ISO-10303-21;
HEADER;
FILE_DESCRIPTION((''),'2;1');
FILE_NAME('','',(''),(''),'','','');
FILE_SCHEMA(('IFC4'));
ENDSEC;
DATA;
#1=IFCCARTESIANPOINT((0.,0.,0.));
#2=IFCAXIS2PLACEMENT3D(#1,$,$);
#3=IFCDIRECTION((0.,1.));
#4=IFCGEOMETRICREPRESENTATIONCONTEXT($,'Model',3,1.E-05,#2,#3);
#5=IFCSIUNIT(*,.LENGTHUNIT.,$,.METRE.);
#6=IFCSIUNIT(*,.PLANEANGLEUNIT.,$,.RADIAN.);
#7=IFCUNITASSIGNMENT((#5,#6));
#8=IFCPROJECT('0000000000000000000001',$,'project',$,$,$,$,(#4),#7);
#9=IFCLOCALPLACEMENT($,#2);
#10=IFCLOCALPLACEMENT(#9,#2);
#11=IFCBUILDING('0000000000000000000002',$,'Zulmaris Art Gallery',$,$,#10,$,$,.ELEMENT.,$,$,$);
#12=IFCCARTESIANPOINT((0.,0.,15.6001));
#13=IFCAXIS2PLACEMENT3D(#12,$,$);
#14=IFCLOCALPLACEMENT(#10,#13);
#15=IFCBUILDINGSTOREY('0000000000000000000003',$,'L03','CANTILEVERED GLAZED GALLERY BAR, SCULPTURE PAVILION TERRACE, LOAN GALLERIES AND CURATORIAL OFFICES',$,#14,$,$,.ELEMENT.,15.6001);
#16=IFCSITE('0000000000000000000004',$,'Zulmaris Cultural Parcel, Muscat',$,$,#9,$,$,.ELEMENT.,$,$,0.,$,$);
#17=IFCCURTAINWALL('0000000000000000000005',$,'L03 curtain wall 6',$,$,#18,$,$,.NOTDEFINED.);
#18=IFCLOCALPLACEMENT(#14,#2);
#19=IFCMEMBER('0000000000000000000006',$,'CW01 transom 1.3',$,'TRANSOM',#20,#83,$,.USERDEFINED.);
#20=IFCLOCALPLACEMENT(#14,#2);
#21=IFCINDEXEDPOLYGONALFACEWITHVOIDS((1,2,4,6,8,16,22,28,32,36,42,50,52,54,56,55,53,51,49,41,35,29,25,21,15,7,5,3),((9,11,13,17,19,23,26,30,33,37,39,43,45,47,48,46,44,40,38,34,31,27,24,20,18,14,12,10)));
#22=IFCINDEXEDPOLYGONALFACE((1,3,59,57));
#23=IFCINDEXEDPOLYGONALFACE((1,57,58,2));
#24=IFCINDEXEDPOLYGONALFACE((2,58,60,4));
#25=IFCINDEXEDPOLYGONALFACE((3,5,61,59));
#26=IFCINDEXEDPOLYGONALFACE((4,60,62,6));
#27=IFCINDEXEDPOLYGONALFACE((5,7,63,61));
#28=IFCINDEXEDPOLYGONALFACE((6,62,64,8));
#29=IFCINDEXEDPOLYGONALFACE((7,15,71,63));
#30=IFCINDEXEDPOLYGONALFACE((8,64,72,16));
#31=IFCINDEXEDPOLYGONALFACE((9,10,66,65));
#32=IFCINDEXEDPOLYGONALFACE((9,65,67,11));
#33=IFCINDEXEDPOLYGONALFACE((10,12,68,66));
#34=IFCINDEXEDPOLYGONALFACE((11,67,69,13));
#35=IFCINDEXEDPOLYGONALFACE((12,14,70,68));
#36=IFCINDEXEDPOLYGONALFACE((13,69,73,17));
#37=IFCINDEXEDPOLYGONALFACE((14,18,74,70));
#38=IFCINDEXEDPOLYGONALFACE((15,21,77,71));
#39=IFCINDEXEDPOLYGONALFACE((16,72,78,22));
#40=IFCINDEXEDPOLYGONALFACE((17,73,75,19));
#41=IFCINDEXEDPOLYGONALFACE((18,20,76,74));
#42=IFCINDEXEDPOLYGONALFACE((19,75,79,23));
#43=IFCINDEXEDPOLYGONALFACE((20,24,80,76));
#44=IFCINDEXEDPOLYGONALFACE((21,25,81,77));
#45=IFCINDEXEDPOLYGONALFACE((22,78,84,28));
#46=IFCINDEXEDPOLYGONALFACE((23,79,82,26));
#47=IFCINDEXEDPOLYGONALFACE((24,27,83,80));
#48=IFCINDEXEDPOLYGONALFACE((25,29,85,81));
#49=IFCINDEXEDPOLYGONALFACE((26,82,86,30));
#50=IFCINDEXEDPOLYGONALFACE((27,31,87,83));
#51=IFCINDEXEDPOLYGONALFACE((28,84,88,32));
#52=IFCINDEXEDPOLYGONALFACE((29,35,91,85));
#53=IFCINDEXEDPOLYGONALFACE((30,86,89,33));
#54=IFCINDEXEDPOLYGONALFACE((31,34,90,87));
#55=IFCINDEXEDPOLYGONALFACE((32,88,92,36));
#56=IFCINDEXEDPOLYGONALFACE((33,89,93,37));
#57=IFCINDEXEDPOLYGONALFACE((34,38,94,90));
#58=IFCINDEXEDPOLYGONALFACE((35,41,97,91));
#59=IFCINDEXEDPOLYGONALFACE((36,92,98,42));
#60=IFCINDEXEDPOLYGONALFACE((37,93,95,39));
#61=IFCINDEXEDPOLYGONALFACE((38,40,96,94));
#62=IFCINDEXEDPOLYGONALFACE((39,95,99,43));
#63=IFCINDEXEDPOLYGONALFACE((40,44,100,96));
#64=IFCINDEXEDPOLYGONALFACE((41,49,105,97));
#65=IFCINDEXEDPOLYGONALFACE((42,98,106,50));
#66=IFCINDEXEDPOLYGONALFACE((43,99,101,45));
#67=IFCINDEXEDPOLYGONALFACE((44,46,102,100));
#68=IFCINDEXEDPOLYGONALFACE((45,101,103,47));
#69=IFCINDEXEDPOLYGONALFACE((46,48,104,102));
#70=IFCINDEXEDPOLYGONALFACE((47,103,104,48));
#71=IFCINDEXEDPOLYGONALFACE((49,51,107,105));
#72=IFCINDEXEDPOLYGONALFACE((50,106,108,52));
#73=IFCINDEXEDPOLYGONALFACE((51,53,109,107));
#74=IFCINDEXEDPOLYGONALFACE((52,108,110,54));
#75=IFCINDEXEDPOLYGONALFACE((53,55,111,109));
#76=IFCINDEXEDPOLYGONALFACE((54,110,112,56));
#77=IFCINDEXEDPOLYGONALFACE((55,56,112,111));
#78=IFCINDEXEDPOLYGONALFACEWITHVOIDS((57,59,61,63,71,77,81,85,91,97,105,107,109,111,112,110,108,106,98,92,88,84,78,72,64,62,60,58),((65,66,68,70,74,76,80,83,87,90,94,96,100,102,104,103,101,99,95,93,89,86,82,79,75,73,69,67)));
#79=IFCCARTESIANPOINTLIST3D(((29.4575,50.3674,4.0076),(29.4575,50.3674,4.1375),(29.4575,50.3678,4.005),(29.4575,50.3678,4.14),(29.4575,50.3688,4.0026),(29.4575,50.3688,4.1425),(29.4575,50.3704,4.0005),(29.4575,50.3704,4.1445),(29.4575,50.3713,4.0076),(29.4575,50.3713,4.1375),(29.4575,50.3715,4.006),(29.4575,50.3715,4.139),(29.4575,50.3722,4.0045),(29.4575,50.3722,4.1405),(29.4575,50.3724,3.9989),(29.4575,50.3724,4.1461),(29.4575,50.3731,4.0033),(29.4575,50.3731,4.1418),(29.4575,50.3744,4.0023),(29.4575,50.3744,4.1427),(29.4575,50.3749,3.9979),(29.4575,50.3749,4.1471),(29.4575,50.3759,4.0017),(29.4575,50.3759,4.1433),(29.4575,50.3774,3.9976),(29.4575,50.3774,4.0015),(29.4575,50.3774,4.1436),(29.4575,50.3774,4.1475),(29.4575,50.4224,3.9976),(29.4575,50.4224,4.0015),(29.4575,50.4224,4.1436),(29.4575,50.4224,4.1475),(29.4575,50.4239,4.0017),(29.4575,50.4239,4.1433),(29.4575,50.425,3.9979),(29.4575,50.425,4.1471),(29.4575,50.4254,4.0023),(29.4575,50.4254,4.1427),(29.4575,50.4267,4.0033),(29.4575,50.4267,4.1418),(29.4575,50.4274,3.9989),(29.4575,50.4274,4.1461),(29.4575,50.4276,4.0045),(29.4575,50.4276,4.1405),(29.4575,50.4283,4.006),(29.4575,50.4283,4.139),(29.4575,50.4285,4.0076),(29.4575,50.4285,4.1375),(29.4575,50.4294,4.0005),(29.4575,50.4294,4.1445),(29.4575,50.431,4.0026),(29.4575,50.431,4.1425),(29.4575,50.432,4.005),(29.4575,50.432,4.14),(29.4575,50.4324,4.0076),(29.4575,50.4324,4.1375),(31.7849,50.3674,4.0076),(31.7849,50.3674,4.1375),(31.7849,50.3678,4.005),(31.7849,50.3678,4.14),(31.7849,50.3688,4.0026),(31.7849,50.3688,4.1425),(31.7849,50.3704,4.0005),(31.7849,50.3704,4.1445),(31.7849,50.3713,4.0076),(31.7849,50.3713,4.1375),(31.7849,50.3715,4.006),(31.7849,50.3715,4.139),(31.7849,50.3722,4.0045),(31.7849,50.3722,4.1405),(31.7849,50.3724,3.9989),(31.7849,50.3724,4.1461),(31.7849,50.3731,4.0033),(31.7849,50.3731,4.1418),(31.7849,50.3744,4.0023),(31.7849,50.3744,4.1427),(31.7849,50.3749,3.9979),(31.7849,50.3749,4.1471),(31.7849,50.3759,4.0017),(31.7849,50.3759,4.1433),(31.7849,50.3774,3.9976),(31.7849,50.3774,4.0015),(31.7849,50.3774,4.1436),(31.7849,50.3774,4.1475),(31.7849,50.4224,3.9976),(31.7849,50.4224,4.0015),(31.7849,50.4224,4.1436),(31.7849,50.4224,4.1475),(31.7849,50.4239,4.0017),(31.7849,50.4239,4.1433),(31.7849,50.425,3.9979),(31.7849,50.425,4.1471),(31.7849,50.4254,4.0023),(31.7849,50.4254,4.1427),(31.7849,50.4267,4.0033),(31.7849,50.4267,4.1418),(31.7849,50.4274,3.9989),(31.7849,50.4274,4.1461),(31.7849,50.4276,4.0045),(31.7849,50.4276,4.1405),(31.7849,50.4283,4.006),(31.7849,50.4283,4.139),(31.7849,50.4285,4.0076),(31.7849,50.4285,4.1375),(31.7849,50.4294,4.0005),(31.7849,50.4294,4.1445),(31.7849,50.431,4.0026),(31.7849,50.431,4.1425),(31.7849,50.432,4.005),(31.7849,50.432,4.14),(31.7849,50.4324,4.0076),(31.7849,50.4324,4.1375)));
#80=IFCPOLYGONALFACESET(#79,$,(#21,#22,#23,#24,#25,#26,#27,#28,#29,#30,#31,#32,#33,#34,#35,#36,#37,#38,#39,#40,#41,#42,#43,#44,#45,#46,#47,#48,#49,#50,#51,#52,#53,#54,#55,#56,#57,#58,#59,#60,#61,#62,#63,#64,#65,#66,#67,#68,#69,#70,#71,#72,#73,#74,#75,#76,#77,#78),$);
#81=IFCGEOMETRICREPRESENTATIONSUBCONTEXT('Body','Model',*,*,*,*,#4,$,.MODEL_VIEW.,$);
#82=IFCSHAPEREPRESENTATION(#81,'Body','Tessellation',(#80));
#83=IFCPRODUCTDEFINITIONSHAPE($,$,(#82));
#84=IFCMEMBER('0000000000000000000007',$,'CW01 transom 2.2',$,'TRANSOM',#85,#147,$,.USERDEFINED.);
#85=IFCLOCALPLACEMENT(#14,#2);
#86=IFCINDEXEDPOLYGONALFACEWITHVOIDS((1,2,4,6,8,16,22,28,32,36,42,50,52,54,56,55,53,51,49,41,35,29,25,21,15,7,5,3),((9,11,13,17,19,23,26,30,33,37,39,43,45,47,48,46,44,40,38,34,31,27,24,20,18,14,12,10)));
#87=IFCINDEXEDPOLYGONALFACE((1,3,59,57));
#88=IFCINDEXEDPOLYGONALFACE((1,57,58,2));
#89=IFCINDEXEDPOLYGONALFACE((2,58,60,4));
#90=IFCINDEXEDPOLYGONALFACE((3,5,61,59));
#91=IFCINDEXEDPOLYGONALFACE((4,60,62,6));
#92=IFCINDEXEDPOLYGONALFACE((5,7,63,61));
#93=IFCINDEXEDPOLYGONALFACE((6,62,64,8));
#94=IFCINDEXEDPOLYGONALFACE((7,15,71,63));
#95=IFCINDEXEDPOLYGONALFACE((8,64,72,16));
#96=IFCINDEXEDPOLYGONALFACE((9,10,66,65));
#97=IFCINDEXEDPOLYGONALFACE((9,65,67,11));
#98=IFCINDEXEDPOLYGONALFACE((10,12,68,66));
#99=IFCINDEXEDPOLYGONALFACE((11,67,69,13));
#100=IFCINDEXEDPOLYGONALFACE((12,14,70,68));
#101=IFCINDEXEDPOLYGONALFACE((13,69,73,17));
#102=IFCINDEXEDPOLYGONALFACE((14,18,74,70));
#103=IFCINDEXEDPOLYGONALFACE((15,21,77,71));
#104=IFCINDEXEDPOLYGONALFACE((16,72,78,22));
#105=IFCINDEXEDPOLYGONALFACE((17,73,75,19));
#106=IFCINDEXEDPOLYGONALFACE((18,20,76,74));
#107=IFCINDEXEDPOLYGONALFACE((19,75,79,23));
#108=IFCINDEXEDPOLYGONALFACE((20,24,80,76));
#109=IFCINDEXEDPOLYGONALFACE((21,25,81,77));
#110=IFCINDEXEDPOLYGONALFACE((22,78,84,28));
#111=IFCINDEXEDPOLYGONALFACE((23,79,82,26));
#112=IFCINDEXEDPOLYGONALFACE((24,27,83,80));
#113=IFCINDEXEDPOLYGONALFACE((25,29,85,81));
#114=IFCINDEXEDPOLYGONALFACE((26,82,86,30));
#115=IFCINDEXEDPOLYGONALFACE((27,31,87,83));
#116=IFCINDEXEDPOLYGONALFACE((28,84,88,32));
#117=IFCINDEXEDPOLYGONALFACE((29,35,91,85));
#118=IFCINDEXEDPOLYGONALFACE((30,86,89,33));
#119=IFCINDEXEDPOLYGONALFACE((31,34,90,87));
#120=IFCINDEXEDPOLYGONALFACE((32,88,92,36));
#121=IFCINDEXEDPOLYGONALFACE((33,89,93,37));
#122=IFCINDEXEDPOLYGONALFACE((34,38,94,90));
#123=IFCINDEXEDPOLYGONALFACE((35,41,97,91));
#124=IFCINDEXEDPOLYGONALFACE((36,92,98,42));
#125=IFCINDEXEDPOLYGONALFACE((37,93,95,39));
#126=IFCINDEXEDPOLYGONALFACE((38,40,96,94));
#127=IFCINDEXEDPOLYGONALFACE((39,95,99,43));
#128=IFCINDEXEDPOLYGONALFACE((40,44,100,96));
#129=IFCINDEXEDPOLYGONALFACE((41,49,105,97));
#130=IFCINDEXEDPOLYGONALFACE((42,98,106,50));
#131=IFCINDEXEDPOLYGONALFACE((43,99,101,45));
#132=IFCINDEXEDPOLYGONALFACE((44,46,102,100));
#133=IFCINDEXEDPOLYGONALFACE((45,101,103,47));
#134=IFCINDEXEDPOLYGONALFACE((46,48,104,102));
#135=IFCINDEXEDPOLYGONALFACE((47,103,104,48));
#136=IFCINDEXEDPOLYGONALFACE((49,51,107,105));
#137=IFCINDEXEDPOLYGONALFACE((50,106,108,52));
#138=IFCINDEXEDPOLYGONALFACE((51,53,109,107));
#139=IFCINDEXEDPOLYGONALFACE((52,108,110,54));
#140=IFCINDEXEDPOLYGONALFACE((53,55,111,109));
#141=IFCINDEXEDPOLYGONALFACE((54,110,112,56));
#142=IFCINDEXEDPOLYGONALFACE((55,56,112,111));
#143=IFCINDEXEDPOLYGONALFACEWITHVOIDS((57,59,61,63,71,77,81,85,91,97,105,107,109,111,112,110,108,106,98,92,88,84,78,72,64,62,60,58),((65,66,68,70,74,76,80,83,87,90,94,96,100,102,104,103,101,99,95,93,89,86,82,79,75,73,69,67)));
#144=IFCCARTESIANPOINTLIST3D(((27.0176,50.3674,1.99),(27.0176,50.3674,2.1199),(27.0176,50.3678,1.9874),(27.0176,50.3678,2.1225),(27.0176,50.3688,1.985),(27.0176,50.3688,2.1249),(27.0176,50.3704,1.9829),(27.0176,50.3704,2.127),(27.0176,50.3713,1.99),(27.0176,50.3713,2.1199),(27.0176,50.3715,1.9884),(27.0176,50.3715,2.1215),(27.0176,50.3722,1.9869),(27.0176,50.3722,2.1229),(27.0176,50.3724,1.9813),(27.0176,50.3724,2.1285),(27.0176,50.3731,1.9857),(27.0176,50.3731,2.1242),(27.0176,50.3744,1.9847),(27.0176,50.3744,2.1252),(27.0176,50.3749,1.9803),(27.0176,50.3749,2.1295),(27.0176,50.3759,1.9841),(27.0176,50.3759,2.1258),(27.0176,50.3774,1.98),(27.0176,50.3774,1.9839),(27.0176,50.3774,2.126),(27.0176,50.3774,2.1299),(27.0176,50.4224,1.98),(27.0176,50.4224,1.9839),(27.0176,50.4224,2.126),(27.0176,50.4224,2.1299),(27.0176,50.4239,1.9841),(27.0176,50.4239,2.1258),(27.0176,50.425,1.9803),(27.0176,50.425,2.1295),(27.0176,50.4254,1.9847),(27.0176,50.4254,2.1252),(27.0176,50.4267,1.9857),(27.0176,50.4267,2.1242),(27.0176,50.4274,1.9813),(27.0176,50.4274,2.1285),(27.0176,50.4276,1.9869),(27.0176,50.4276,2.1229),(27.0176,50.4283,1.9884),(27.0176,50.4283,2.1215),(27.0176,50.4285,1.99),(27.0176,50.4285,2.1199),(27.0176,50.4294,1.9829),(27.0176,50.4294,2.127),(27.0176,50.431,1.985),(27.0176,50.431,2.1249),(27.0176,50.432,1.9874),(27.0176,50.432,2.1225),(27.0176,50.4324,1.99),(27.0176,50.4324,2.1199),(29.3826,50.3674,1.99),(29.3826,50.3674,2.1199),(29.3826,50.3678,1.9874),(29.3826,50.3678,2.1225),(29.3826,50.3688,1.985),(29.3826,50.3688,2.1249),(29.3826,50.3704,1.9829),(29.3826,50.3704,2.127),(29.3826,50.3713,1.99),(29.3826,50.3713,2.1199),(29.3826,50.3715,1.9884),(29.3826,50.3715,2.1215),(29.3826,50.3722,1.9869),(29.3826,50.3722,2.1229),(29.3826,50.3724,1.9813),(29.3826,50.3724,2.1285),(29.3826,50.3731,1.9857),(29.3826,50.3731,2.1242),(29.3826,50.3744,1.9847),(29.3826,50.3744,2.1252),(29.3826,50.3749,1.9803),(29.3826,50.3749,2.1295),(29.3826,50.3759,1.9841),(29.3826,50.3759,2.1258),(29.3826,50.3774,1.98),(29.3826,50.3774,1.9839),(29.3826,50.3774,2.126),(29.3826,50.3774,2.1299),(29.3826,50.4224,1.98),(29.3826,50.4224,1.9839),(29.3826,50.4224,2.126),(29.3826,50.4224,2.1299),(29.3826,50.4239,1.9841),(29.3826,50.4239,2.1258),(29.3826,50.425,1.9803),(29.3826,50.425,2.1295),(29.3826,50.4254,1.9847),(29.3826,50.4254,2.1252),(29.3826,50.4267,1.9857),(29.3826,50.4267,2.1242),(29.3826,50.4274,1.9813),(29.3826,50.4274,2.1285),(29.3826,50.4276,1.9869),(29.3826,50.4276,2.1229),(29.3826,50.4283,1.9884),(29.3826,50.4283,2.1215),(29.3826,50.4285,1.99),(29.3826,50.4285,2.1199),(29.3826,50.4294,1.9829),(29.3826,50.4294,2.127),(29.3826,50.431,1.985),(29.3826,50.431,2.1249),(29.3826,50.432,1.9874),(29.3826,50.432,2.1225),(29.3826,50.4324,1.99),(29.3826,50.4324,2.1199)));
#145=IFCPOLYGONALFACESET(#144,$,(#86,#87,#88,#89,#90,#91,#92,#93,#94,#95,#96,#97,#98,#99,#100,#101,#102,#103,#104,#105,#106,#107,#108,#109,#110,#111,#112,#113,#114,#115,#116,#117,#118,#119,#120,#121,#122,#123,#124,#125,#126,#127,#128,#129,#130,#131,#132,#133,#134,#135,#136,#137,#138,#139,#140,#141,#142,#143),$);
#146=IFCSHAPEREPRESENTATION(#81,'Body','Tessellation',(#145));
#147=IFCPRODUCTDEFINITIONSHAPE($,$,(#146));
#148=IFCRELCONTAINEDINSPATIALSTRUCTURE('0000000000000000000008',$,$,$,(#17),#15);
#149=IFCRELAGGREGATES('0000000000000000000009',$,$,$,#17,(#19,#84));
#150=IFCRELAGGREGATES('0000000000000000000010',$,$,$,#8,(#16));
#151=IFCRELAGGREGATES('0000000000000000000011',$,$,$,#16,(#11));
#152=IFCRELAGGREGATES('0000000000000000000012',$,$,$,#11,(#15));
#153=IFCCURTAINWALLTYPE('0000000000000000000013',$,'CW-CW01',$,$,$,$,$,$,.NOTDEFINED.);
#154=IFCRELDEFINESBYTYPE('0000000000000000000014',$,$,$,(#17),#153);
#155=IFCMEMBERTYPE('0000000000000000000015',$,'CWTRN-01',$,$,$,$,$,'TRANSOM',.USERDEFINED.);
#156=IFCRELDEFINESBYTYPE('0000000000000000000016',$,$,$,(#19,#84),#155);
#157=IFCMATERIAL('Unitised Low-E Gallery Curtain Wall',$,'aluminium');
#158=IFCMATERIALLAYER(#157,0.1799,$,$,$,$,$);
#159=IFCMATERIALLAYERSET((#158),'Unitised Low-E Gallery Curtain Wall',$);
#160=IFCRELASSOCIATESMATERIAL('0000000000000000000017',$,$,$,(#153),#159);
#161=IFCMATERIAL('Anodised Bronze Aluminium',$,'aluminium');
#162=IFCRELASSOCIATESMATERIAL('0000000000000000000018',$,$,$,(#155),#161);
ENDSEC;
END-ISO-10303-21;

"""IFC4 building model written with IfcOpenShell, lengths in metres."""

from ifc_helpers import new_model, si_unit, direction, frame, origin, origin_2d, place, context, subcontext, project, spatial, hollow_rectangle, extrude, material, layer, layer_set, material_profile, profile_set, type_object, element, aggregate, save


model = new_model("IFC4")

# Units and contexts
model_context = context("Model", 3, precision=1e-05, world=origin(), true_north=direction((0.0, 1.0)))
body_context = subcontext(model_context, "Body", "Model", "MODEL_VIEW")
ifc_project = project(units=[si_unit("LENGTHUNIT", "METRE"), si_unit("PLANEANGLEUNIT", "RADIAN")], contexts=[model_context])

# Site, building, storey
site_placement = place(None, origin())
site = spatial("IfcSite", under=ifc_project, at=site_placement, Name="Zulmaris Cultural Parcel, Muscat", CompositionType="ELEMENT", RefElevation=0.0)
building_placement = place(site_placement, origin())
building = spatial("IfcBuilding", under=site, at=building_placement, Name="Zulmaris Art Gallery", CompositionType="ELEMENT")
storey_placement = place(building_placement, frame((0.0, 0.0, 15.6001)))
storey = spatial("IfcBuildingStorey", under=building, at=storey_placement, Name="L03", Description="CANTILEVERED GLAZED GALLERY BAR, SCULPTURE PAVILION TERRACE, LOAN GALLERIES AND CURATORIAL OFFICES", CompositionType="ELEMENT", Elevation=15.6001)

# Curtain wall
ifc_material_1 = material(Name="Unitised Low-E Gallery Curtain Wall", Category="aluminium")
ifc_layer_1 = layer(ifc_material_1, 0.1799)
ifc_layer_set_1 = layer_set([ifc_layer_1], Name="Unitised Low-E Gallery Curtain Wall")
curtain_wall_type = type_object("IfcCurtainWallType", Name="CW-CW01", PredefinedType="NOTDEFINED", material=ifc_layer_set_1)
curtain_wall_1_placement = place(storey_placement, origin())
curtain_wall_1 = element("IfcCurtainWall", 1, at=curtain_wall_1_placement, inside=storey, type_object=curtain_wall_type, Name="L03 curtain wall 6", PredefinedType="NOTDEFINED")
ifc_material_2 = material(Name="Anodised Bronze Aluminium", Category="aluminium")

# Members
ifc_material_profile_1 = material_profile(ifc_material_2, hollow_rectangle(XDim=0.0649, YDim=0.1499, WallThickness=0.0039, InnerFilletRadius=0.0061, OuterFilletRadius=0.01, at=origin_2d()), Name="ALU 65x150x4")
ifc_profile_set_1 = profile_set([ifc_material_profile_1], Name="Anodised Bronze Aluminium")
member_type_1 = type_object("IfcMemberType", Name="CWTRN-01", ElementType="TRANSOM", PredefinedType="USERDEFINED", material=ifc_profile_set_1)
member_1_placement = place(storey_placement, frame((31.7849, 50.3999, 4.0725), z_axis=(-1.0, 0.0, 0.0), x_axis=(0.0, -1.0, 0.0)))
member_1 = element("IfcMember", 2, at=member_1_placement, type_object=member_type_1, Name="CW01 transom 1.3", ObjectType="TRANSOM", PredefinedType="USERDEFINED", context=body_context, shape_type="SweptSolid", body=[
    extrude(hollow_rectangle(XDim=0.0649, YDim=0.1499, WallThickness=0.0039, InnerFilletRadius=0.0061, OuterFilletRadius=0.01, at=origin_2d()), origin(), (0.0, 0.0, 1.0), 2.3274),
])
member_2_placement = place(storey_placement, frame((29.3826, 50.3999, 2.0549), z_axis=(-1.0, 0.0, 0.0), x_axis=(0.0, -1.0, 0.0)))
member_2 = element("IfcMember", 3, at=member_2_placement, type_object=member_type_1, Name="CW01 transom 2.2", ObjectType="TRANSOM", PredefinedType="USERDEFINED", context=body_context, shape_type="SweptSolid", body=[
    extrude(hollow_rectangle(XDim=0.0649, YDim=0.1499, WallThickness=0.0039, InnerFilletRadius=0.0061, OuterFilletRadius=0.01, at=origin_2d()), origin(), (0.0, 0.0, 1.0), 2.365),
])

aggregate(curtain_wall_1, [member_1, member_2])

save(model, "model.ifc")
